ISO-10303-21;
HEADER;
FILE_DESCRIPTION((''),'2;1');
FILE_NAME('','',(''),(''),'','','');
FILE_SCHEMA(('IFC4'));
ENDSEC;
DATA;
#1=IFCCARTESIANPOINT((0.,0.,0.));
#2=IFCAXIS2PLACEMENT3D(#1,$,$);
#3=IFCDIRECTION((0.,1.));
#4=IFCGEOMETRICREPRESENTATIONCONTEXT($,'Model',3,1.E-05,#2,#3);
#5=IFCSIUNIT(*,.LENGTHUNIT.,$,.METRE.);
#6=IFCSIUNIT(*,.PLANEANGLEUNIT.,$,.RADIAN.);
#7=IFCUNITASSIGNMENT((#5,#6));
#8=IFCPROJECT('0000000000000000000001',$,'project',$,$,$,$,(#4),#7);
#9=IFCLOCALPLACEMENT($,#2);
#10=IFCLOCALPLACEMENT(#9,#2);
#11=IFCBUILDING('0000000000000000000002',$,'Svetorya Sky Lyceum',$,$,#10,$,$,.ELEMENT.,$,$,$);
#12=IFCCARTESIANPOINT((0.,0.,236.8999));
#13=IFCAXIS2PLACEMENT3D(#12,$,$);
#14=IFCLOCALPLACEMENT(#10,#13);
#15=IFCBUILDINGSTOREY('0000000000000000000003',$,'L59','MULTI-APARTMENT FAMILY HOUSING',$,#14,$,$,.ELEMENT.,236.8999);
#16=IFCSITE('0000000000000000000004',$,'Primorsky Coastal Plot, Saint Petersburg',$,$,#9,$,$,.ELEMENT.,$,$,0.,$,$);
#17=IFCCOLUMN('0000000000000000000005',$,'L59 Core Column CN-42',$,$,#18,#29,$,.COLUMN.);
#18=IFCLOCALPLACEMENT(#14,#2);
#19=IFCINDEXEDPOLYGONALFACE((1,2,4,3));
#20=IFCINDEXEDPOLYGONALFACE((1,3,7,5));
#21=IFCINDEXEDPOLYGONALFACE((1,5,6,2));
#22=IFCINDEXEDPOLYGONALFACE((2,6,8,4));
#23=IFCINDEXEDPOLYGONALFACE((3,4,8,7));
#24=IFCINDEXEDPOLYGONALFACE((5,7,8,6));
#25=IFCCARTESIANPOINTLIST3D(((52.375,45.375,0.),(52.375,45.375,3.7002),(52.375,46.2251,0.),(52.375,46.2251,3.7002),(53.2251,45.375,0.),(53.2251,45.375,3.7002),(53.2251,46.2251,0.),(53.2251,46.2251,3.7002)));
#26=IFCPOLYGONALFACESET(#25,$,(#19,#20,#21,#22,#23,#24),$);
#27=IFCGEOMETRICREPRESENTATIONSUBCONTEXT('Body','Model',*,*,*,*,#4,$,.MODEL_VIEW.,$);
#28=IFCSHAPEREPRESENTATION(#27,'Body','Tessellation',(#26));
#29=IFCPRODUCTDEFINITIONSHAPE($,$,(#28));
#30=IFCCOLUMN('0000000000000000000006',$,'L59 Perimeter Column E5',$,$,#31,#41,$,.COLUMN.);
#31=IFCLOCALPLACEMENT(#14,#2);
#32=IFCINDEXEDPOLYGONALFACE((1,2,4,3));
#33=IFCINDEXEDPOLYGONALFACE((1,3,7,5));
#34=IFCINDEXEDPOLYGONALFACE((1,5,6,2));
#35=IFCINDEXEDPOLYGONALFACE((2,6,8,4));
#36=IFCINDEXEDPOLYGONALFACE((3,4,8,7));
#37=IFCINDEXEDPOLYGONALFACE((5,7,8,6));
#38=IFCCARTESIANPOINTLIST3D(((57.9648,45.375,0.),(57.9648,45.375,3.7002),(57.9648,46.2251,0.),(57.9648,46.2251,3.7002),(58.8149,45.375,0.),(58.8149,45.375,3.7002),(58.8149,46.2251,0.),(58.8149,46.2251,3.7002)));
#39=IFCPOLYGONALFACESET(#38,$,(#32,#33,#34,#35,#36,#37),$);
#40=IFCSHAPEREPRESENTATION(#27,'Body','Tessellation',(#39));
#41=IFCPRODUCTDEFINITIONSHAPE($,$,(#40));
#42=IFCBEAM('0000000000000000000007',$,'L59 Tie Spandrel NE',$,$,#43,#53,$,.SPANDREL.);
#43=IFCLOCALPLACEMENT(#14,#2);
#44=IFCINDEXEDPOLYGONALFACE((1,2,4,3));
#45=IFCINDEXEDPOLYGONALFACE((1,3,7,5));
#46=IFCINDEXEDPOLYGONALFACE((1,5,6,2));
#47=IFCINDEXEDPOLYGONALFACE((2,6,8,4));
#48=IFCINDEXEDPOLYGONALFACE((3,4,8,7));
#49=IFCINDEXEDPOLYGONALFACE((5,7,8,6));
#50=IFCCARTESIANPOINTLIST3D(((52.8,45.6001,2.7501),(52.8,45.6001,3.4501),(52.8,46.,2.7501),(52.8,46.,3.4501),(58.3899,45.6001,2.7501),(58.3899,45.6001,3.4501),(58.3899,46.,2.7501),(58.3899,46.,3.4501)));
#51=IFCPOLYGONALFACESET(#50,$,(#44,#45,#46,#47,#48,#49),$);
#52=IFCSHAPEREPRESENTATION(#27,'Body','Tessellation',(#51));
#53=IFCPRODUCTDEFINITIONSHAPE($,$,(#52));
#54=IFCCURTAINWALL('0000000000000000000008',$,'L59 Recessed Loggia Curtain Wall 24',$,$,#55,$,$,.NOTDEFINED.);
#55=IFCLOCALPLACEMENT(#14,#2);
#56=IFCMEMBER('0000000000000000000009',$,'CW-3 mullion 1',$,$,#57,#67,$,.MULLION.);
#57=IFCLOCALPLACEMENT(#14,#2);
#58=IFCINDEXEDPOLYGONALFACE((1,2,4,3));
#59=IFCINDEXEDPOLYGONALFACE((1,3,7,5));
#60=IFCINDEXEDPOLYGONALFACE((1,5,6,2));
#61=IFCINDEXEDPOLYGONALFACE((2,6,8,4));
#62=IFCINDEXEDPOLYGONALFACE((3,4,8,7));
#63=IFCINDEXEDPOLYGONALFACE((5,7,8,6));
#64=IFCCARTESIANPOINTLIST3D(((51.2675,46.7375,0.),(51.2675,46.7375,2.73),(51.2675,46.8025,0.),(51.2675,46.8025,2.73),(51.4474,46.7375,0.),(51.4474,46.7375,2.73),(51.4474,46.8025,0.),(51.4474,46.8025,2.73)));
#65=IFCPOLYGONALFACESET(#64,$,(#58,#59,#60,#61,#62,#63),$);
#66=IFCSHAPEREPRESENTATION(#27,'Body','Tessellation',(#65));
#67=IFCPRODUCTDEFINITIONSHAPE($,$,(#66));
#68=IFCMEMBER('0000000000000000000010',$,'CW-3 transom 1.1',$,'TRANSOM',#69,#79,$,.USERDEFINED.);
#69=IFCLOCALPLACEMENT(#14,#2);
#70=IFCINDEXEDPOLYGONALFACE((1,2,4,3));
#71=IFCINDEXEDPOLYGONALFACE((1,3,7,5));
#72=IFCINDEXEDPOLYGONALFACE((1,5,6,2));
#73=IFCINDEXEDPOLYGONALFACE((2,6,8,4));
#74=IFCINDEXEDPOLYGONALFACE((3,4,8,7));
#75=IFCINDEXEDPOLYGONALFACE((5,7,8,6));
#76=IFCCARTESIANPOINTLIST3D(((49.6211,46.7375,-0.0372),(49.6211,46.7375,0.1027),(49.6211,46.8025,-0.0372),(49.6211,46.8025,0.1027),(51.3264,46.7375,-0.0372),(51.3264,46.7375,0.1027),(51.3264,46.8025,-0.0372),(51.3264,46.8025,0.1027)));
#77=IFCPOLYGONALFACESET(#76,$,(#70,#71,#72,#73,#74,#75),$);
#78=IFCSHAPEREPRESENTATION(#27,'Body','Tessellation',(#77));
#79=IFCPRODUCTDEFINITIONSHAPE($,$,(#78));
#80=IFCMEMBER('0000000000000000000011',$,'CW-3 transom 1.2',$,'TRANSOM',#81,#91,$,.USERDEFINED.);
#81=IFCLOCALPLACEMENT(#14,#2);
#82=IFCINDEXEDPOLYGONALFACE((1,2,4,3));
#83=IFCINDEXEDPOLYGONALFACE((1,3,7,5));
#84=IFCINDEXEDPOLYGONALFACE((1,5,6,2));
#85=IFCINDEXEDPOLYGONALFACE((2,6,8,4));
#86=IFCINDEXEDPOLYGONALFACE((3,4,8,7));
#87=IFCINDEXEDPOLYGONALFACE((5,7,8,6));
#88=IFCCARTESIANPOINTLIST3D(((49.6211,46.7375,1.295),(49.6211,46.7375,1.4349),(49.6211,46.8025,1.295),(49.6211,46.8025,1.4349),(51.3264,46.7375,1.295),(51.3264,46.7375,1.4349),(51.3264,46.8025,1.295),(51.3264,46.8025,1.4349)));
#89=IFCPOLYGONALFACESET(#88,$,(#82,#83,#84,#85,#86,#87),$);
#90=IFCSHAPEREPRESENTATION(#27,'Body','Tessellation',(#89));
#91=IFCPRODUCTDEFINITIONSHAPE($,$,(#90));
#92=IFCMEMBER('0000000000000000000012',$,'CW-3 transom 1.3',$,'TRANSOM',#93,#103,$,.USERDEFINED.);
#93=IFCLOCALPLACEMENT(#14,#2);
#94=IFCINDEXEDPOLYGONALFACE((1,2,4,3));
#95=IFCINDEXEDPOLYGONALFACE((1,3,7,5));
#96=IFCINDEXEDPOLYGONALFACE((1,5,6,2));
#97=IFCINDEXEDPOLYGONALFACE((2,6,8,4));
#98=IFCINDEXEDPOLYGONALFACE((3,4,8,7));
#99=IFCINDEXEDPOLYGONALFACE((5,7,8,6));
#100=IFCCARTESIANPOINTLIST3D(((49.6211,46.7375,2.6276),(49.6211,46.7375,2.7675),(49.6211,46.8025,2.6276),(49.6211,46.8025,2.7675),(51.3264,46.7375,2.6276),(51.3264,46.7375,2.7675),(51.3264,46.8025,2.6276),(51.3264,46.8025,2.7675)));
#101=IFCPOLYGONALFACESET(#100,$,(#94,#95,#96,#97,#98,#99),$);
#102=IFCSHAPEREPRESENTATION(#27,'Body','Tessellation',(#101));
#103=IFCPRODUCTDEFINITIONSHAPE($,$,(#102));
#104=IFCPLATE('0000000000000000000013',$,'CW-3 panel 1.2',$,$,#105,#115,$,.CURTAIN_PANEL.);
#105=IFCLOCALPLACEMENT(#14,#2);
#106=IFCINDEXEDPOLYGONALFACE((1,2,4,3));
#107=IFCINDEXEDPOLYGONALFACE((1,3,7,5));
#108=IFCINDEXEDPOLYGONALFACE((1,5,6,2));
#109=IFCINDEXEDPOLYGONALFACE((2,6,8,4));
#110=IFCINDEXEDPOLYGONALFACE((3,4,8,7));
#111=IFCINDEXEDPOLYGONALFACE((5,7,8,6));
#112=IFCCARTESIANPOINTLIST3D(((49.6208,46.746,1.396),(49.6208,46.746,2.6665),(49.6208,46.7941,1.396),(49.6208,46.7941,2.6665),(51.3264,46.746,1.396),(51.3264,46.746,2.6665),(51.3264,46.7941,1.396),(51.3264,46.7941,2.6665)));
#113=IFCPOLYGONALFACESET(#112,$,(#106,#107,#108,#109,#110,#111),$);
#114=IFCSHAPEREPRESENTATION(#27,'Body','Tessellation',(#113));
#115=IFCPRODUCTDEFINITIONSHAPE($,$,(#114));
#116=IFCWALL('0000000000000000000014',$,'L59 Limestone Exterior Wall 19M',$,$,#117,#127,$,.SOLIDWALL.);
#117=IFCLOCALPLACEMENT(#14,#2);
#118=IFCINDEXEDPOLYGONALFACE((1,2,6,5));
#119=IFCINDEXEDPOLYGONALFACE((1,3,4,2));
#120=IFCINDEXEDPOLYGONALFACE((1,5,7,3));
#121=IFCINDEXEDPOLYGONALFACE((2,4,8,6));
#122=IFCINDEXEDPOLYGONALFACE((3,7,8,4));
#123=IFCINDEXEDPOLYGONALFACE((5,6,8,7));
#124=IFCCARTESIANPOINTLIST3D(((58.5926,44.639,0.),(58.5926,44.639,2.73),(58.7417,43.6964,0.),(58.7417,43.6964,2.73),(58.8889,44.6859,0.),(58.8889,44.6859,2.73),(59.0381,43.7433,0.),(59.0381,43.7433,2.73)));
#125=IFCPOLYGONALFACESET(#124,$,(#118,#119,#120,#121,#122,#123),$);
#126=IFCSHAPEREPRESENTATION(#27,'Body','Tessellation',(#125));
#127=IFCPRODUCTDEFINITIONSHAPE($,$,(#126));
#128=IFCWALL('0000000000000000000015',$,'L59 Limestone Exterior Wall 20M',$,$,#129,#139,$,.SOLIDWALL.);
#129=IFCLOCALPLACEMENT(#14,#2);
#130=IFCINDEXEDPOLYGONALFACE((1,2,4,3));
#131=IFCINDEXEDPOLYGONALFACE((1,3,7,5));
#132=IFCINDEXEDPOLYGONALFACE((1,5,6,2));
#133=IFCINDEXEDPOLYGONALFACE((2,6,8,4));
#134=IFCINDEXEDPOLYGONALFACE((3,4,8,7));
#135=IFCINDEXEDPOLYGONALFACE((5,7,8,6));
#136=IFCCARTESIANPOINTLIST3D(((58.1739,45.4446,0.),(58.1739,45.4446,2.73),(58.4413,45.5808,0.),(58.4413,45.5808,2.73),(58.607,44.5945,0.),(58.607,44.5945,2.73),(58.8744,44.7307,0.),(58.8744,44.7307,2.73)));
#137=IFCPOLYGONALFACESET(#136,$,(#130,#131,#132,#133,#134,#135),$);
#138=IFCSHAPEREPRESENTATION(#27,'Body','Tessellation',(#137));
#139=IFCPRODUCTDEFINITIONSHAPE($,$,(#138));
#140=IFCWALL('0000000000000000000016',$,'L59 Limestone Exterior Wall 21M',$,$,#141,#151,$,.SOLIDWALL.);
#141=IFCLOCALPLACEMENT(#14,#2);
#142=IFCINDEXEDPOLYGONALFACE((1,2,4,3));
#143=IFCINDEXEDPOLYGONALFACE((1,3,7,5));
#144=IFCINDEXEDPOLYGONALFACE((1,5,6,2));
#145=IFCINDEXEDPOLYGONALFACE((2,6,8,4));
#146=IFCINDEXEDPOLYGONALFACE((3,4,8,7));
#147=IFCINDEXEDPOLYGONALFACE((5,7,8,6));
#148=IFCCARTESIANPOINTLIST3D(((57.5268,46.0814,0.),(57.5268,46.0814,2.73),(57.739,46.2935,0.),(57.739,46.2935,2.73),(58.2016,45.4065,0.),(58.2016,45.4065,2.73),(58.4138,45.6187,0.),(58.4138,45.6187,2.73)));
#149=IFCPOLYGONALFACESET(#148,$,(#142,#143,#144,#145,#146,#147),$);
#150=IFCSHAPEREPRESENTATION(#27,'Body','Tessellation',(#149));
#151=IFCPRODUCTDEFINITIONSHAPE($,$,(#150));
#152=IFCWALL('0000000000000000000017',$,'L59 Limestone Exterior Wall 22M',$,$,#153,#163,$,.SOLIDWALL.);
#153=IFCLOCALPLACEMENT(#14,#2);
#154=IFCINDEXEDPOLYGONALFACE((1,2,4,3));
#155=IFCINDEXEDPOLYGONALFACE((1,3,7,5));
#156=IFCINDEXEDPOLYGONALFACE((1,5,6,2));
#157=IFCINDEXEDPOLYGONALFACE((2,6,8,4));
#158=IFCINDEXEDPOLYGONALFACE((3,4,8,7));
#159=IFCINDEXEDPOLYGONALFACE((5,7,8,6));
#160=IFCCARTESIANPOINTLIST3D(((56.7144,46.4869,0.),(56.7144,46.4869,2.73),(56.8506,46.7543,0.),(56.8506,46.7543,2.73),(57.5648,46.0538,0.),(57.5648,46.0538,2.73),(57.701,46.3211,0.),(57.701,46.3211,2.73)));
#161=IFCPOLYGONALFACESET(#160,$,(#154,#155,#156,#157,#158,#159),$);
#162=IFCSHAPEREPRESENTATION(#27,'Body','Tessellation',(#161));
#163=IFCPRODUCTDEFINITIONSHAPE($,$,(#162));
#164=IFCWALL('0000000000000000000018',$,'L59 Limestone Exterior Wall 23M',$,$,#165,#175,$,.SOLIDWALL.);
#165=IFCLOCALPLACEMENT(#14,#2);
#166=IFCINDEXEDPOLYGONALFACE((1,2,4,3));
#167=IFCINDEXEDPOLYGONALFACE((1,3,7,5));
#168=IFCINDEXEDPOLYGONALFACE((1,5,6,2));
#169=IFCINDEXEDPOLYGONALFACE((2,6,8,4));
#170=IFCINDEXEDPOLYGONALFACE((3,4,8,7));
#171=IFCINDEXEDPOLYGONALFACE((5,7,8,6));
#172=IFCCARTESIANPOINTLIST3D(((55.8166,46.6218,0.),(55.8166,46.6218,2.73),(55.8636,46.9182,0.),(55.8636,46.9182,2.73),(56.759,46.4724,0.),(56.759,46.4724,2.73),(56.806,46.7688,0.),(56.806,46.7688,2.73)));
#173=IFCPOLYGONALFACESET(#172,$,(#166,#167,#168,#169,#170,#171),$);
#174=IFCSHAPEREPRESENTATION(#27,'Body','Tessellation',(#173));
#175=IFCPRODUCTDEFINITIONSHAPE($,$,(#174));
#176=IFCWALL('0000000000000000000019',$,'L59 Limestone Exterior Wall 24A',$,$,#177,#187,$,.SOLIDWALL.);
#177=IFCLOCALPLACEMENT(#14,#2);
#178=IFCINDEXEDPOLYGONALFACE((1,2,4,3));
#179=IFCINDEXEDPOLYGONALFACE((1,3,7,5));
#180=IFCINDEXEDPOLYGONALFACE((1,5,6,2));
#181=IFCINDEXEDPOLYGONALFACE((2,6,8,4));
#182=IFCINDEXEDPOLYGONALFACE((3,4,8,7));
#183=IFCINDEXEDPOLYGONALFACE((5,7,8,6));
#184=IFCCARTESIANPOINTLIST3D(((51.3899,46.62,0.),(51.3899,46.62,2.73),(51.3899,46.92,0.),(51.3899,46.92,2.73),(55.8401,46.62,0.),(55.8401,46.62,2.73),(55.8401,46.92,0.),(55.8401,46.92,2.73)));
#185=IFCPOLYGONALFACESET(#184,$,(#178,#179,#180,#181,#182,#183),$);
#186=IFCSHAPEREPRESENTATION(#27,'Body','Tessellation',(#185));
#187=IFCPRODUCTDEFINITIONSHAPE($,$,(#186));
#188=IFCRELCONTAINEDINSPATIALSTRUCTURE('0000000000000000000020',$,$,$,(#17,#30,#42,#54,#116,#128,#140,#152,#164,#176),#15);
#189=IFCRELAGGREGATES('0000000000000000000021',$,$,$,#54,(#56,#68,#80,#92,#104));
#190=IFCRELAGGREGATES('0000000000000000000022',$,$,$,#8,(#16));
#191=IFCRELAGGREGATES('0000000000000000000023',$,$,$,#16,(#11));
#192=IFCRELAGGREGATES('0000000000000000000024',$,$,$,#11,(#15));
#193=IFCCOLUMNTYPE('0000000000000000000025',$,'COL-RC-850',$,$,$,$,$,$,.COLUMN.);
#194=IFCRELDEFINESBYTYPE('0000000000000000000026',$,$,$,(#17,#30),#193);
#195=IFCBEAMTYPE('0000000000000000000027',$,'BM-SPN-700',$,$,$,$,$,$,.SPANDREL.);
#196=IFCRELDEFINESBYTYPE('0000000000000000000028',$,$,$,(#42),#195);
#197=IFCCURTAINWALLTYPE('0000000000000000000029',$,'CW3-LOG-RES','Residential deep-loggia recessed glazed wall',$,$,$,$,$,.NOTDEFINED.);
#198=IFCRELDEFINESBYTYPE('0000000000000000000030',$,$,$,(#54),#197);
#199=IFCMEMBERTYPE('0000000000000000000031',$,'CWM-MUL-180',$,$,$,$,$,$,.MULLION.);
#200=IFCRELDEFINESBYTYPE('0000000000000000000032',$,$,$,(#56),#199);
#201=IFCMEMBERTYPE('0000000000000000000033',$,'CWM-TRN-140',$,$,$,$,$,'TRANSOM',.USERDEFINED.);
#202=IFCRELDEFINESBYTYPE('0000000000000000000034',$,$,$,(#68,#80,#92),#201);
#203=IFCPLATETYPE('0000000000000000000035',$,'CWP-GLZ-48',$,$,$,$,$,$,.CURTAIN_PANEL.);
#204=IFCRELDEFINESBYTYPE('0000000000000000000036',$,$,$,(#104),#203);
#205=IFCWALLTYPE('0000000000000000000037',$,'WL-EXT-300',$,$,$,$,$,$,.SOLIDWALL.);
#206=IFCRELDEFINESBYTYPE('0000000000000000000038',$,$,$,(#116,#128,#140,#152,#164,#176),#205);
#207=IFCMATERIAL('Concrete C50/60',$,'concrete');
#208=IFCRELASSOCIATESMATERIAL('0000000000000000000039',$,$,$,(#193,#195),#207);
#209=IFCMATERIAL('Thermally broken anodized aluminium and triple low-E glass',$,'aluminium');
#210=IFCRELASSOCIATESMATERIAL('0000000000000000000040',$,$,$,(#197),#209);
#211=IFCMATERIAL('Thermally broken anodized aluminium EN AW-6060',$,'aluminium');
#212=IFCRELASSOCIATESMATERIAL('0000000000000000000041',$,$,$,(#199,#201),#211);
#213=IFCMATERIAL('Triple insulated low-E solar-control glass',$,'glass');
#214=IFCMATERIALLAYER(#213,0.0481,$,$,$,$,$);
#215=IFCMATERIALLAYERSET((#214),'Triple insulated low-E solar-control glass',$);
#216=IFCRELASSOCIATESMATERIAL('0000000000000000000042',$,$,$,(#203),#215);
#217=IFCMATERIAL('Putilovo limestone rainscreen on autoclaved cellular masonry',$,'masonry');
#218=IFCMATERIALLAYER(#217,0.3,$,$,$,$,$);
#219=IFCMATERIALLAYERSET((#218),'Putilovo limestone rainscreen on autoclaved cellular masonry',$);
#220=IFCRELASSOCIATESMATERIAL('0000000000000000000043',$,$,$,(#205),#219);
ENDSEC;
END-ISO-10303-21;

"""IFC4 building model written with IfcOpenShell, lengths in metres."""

from ifc_helpers import new_model, si_unit, direction, frame, frame_2d, origin, origin_2d, place, context, subcontext, project, spatial, rectangle, extrude, material, layer, layer_set, material_profile, profile_set, type_object, element, aggregate, save


model = new_model("IFC4")

# Units and contexts
model_context = context("Model", 3, precision=1e-05, world=origin(), true_north=direction((0.0, 1.0)))
body_context = subcontext(model_context, "Body", "Model", "MODEL_VIEW")
ifc_project = project(units=[si_unit("LENGTHUNIT", "METRE"), si_unit("PLANEANGLEUNIT", "RADIAN")], contexts=[model_context])

# Site, building, storey
site_placement = place(None, origin())
site = spatial("IfcSite", under=ifc_project, at=site_placement, Name="Primorsky Coastal Plot, Saint Petersburg", CompositionType="ELEMENT", RefElevation=0.0)
building_placement = place(site_placement, origin())
building = spatial("IfcBuilding", under=site, at=building_placement, Name="Svetorya Sky Lyceum", CompositionType="ELEMENT")
storey_placement = place(building_placement, frame((0.0, 0.0, 236.8999)))
storey = spatial("IfcBuildingStorey", under=building, at=storey_placement, Name="L59", Description="MULTI-APARTMENT FAMILY HOUSING", CompositionType="ELEMENT", Elevation=236.8999)

# Columns
ifc_material_1 = material(Name="Concrete C50/60", Category="concrete")
ifc_material_profile_1 = material_profile(ifc_material_1, rectangle(XDim=0.8501, YDim=0.8501, at=origin_2d()), Name="RC COL 850x850")
ifc_profile_set_1 = profile_set([ifc_material_profile_1], Name="Concrete C50/60")
column_type = type_object("IfcColumnType", Name="COL-RC-850", PredefinedType="COLUMN", material=ifc_profile_set_1)
for number, where, z_axis, x_axis, name in (
    (1, (52.8, 45.8, 0.0), (0.0, 0.0, 1.0), (1.0, 0.0, 0.0), "L59 Core Column CN-42"),
    (2, (58.3899, 45.8, 0.0), (0.0, 0.0, 1.0), (1.0, 0.0, 0.0), "L59 Perimeter Column E5"),
):
    element("IfcColumn", number, at=place(storey_placement, frame(where, z_axis=z_axis, x_axis=x_axis)), inside=storey, type_object=column_type, Name=name, PredefinedType="COLUMN", context=body_context, shape_type="SweptSolid", body=[
        extrude(rectangle(XDim=0.8501, YDim=0.8501, at=origin_2d()), origin(), (0.0, 0.0, 1.0), 3.7002),
    ])

# Beam
ifc_material_profile_2 = material_profile(ifc_material_1, rectangle(XDim=0.3999, YDim=0.7, at=origin_2d()), Name="RC SPANDREL 400x700")
ifc_profile_set_2 = profile_set([ifc_material_profile_2], Name="Concrete C50/60")
beam_type = type_object("IfcBeamType", Name="BM-SPN-700", PredefinedType="SPANDREL", material=ifc_profile_set_2)
beam_placement = place(storey_placement, frame((52.8, 45.8, 3.1001), z_axis=(1.0, 0.0, 0.0), x_axis=(0.0, 1.0, 0.0)))
element("IfcBeam", 3, at=beam_placement, inside=storey, type_object=beam_type, Name="L59 Tie Spandrel NE", PredefinedType="SPANDREL", context=body_context, shape_type="SweptSolid", body=[
    extrude(rectangle(XDim=0.3999, YDim=0.7, at=origin_2d()), origin(), (0.0, 0.0, 1.0), 5.5898),
])

# Curtain wall, members, plate
ifc_material_2 = material(Name="Thermally broken anodized aluminium and triple low-E glass", Category="aluminium")
curtain_wall_type = type_object("IfcCurtainWallType", Name="CW3-LOG-RES", Description="Residential deep-loggia recessed glazed wall", PredefinedType="NOTDEFINED", material=ifc_material_2)
curtain_wall_placement = place(storey_placement, origin())
curtain_wall = element("IfcCurtainWall", 4, at=curtain_wall_placement, inside=storey, type_object=curtain_wall_type, Name="L59 Recessed Loggia Curtain Wall 24", PredefinedType="NOTDEFINED")
ifc_material_3 = material(Name="Thermally broken anodized aluminium EN AW-6060", Category="aluminium")
ifc_material_profile_3 = material_profile(ifc_material_3, rectangle(XDim=0.0649, YDim=0.1799, at=origin_2d()), Name="ALU MULLION 65x180")
ifc_profile_set_3 = profile_set([ifc_material_profile_3], Name="Thermally broken anodized aluminium EN AW-6060")
member_type_1 = type_object("IfcMemberType", Name="CWM-MUL-180", PredefinedType="MULLION", material=ifc_profile_set_3)
member_1_placement = place(storey_placement, frame((51.3574, 46.77, 0.0), z_axis=(0.0, 0.0, 1.0), x_axis=(0.0, -1.0, 0.0)))
member_1 = element("IfcMember", 5, at=member_1_placement, type_object=member_type_1, Name="CW-3 mullion 1", PredefinedType="MULLION", context=body_context, shape_type="SweptSolid", body=[
    extrude(rectangle(XDim=0.0649, YDim=0.1799, at=origin_2d()), origin(), (0.0, 0.0, 1.0), 2.73),
])
ifc_material_profile_4 = material_profile(ifc_material_3, rectangle(XDim=0.0649, YDim=0.1399, at=origin_2d()), Name="ALU TRANSOM 65x140")
ifc_profile_set_4 = profile_set([ifc_material_profile_4], Name="Thermally broken anodized aluminium EN AW-6060")
member_type_2 = type_object("IfcMemberType", Name="CWM-TRN-140", ElementType="TRANSOM", PredefinedType="USERDEFINED", material=ifc_profile_set_4)
member_2_placement = place(storey_placement, frame((51.3264, 46.77, 0.0327), z_axis=(-1.0, 0.0, 0.0), x_axis=(0.0, -1.0, 0.0)))
member_2 = element("IfcMember", 6, at=member_2_placement, type_object=member_type_2, Name="CW-3 transom 1.1", ObjectType="TRANSOM", PredefinedType="USERDEFINED", context=body_context, shape_type="SweptSolid", body=[
    extrude(rectangle(XDim=0.0649, YDim=0.1399, at=origin_2d()), origin(), (0.0, 0.0, 1.0), 1.7053),
])
member_3_placement = place(storey_placement, frame((51.3264, 46.77, 1.365), z_axis=(-1.0, 0.0, 0.0), x_axis=(0.0, -1.0, 0.0)))
member_3 = element("IfcMember", 7, at=member_3_placement, type_object=member_type_2, Name="CW-3 transom 1.2", ObjectType="TRANSOM", PredefinedType="USERDEFINED", context=body_context, shape_type="SweptSolid", body=[
    extrude(rectangle(XDim=0.0649, YDim=0.1399, at=origin_2d()), origin(), (0.0, 0.0, 1.0), 1.7053),
])
member_4_placement = place(storey_placement, frame((51.3264, 46.77, 2.6975), z_axis=(-1.0, 0.0, 0.0), x_axis=(0.0, -1.0, 0.0)))
member_4 = element("IfcMember", 8, at=member_4_placement, type_object=member_type_2, Name="CW-3 transom 1.3", ObjectType="TRANSOM", PredefinedType="USERDEFINED", context=body_context, shape_type="SweptSolid", body=[
    extrude(rectangle(XDim=0.0649, YDim=0.1399, at=origin_2d()), origin(), (0.0, 0.0, 1.0), 1.7053),
])
ifc_material_4 = material(Name="Triple insulated low-E solar-control glass", Category="glass")
ifc_layer_1 = layer(ifc_material_4, 0.0481)
ifc_layer_set_1 = layer_set([ifc_layer_1], Name="Triple insulated low-E solar-control glass")
plate_type = type_object("IfcPlateType", Name="CWP-GLZ-48", PredefinedType="CURTAIN_PANEL", material=ifc_layer_set_1)
plate_placement = place(storey_placement, frame((50.4736, 46.77, 1.396), z_axis=(0.0, 0.0, 1.0), x_axis=(-1.0, 0.0, 0.0)))
plate = element("IfcPlate", 9, at=plate_placement, type_object=plate_type, Name="CW-3 panel 1.2", PredefinedType="CURTAIN_PANEL", context=body_context, shape_type="SweptSolid", body=[
    extrude(rectangle(XDim=1.7056, YDim=0.0481, at=origin_2d()), origin(), (0.0, 0.0, 1.0), 1.2705),
])
aggregate(curtain_wall, [member_1, member_2, member_3, member_4, plate])

# Walls
ifc_material_5 = material(Name="Putilovo limestone rainscreen on autoclaved cellular masonry", Category="masonry")
ifc_layer_2 = layer(ifc_material_5, 0.3)
ifc_layer_set_2 = layer_set([ifc_layer_2], Name="Putilovo limestone rainscreen on autoclaved cellular masonry")
wall_type_1 = type_object("IfcWallType", Name="WL-EXT-300", PredefinedType="SOLIDWALL", material=ifc_layer_set_2)
wall_1_placement = place(storey_placement, frame((58.8899, 43.72, 0.0), z_axis=(0.0, 0.0, 1.0), x_axis=(-0.156304, 0.987709, 0.0)))
element("IfcWall", 10, at=wall_1_placement, inside=storey, type_object=wall_type_1, Name="L59 Limestone Exterior Wall 19M", PredefinedType="SOLIDWALL", context=body_context, shape_type="SweptSolid", body=[
    extrude(rectangle(XDim=0.9543, YDim=0.3, at=frame_2d((0.4771, 0.0))), origin(), (0.0, 0.0, 1.0), 2.73),
])
wall_2_placement = place(storey_placement, frame((58.7407, 44.6626, 0.0), z_axis=(0.0, 0.0, 1.0), x_axis=(-0.453956, 0.891024, 0.0)))
element("IfcWall", 11, at=wall_2_placement, inside=storey, type_object=wall_type_1, Name="L59 Limestone Exterior Wall 20M", PredefinedType="SOLIDWALL", context=body_context, shape_type="SweptSolid", body=[
    extrude(rectangle(XDim=0.9541, YDim=0.3, at=frame_2d((0.4771, 0.0))), origin(), (0.0, 0.0, 1.0), 2.73),
])
for number, where, z_axis, x_axis, name in (
    (12, (58.3076, 45.5127, 0.0), (0.0, 0.0, 1.0), (-0.707107, 0.707107, 0.0), "L59 Limestone Exterior Wall 21M"),
    (13, (57.6328, 46.1875, 0.0), (0.0, 0.0, 1.0), (-0.891077, 0.453853, 0.0), "L59 Limestone Exterior Wall 22M"),
):
    element("IfcWall", number, at=place(storey_placement, frame(where, z_axis=z_axis, x_axis=x_axis)), inside=storey, type_object=wall_type_1, Name=name, PredefinedType="SOLIDWALL", context=body_context, shape_type="SweptSolid", body=[
        extrude(rectangle(XDim=0.9543, YDim=0.3, at=frame_2d((0.4771, 0.0))), origin(), (0.0, 0.0, 1.0), 2.73),
    ])
wall_3_placement = place(storey_placement, frame((56.7825, 46.6206, 0.0), z_axis=(0.0, 0.0, 1.0), x_axis=(-0.987663, 0.156593, 0.0)))
element("IfcWall", 14, at=wall_3_placement, inside=storey, type_object=wall_type_1, Name="L59 Limestone Exterior Wall 23M", PredefinedType="SOLIDWALL", context=body_context, shape_type="SweptSolid", body=[
    extrude(rectangle(XDim=0.9541, YDim=0.3, at=frame_2d((0.4771, 0.0))), origin(), (0.0, 0.0, 1.0), 2.73),
])
wall_4_placement = place(storey_placement, frame((55.8401, 46.77, 0.0), z_axis=(0.0, 0.0, 1.0), x_axis=(-1.0, 0.0, 0.0)))
element("IfcWall", 15, at=wall_4_placement, inside=storey, type_object=wall_type_1, Name="L59 Limestone Exterior Wall 24A", PredefinedType="SOLIDWALL", context=body_context, shape_type="SweptSolid", body=[
    extrude(rectangle(XDim=4.4502, YDim=0.3, at=frame_2d((2.2251, 0.0))), origin(), (0.0, 0.0, 1.0), 2.73),
])

save(model, "model.ifc")
